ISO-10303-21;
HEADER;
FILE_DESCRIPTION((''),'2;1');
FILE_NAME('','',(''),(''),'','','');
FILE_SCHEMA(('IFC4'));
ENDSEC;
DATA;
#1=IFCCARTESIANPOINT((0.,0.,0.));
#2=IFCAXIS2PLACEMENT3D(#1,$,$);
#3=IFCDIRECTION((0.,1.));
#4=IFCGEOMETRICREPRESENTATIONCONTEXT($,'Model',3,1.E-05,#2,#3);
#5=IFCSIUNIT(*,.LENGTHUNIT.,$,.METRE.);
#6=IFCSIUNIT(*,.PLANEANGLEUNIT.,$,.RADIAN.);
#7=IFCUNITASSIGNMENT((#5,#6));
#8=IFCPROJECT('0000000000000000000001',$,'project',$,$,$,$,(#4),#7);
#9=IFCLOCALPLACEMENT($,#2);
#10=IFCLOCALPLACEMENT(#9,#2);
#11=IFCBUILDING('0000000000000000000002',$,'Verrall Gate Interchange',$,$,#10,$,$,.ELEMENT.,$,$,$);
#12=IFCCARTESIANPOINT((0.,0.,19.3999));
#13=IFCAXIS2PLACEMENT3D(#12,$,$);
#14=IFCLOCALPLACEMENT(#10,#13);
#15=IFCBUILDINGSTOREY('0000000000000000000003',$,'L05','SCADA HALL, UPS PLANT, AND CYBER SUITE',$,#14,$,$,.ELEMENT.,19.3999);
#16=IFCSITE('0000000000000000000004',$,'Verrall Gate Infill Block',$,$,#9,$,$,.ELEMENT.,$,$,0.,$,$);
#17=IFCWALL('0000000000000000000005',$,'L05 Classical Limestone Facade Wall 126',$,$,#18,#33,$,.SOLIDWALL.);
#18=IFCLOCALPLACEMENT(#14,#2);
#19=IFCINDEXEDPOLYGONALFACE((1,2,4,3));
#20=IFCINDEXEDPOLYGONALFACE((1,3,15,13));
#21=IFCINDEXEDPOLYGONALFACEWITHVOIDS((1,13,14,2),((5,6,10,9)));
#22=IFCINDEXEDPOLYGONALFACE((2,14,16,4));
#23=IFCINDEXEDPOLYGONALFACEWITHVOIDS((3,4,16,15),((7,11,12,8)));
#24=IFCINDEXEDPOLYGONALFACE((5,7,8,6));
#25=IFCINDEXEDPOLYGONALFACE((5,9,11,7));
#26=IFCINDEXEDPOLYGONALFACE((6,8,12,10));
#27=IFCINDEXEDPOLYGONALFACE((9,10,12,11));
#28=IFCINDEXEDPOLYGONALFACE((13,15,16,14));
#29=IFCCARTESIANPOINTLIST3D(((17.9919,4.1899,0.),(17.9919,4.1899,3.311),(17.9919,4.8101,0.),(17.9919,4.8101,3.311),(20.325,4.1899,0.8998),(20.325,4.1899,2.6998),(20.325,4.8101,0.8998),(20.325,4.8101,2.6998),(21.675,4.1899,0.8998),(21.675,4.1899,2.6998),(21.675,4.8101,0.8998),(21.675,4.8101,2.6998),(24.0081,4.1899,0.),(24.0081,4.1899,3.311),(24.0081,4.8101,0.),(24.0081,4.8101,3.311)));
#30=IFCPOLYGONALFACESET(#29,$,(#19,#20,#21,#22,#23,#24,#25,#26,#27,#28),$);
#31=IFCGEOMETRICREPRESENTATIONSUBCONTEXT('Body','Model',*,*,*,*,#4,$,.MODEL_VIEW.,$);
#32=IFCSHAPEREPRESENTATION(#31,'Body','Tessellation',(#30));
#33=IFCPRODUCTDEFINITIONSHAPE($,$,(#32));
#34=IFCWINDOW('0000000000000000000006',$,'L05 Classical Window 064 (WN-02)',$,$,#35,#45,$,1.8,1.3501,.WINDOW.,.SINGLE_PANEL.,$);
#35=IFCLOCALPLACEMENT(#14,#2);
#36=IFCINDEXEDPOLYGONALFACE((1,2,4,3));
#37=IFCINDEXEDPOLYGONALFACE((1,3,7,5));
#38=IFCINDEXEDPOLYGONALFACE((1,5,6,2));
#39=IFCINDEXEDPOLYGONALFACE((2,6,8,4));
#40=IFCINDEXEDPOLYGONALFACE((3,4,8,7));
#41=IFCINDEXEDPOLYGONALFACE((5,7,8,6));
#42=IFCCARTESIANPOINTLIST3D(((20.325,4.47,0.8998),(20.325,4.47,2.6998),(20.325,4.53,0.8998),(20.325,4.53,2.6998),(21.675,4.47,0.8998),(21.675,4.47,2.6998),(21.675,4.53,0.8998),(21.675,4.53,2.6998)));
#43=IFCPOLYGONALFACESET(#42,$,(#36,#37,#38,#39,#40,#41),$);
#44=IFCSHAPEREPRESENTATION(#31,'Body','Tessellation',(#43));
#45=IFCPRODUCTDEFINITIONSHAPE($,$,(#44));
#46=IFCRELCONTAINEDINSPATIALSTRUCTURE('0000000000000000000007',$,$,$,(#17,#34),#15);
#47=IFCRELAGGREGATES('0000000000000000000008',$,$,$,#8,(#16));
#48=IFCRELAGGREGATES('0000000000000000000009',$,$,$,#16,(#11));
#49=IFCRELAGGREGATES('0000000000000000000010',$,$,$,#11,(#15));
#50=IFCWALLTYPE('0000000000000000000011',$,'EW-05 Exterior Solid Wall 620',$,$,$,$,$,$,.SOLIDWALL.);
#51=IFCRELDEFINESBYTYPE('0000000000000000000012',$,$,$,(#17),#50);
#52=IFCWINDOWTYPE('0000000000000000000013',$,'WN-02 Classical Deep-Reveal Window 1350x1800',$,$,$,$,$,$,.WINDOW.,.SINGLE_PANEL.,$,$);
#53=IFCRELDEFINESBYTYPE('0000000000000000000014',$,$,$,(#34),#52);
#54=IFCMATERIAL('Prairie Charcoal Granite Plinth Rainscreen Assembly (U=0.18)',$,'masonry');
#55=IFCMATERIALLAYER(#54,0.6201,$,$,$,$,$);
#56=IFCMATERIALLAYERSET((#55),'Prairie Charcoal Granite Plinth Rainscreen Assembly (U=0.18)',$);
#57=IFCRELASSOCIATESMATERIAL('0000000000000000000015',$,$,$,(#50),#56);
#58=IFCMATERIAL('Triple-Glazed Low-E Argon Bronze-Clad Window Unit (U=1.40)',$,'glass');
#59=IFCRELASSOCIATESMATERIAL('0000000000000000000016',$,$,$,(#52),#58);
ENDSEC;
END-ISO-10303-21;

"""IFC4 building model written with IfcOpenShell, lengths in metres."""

from ifc_helpers import new_model, si_unit, direction, frame, frame_2d, origin, place, context, subcontext, project, spatial, rectangle, extrude, material, layer, layer_set, type_object, element, fill, save


model = new_model("IFC4")

# Units and contexts
model_context = context("Model", 3, precision=1e-05, world=origin(), true_north=direction((0.0, 1.0)))
body_context = subcontext(model_context, "Body", "Model", "MODEL_VIEW")
ifc_project = project(units=[si_unit("LENGTHUNIT", "METRE"), si_unit("PLANEANGLEUNIT", "RADIAN")], contexts=[model_context])

# Site, building, storey
site_placement = place(None, origin())
site = spatial("IfcSite", under=ifc_project, at=site_placement, Name="Verrall Gate Infill Block", CompositionType="ELEMENT", RefElevation=0.0)
building_placement = place(site_placement, origin())
building = spatial("IfcBuilding", under=site, at=building_placement, Name="Verrall Gate Interchange", CompositionType="ELEMENT")
storey_placement = place(building_placement, frame((0.0, 0.0, 19.3999)))
storey = spatial("IfcBuildingStorey", under=building, at=storey_placement, Name="L05", Description="SCADA HALL, UPS PLANT, AND CYBER SUITE", CompositionType="ELEMENT", Elevation=19.3999)

# Wall, opening, window
ifc_material_1 = material(Name="Prairie Charcoal Granite Plinth Rainscreen Assembly (U=0.18)", Category="masonry")
ifc_layer_1 = layer(ifc_material_1, 0.6201)
ifc_layer_set_1 = layer_set([ifc_layer_1], Name="Prairie Charcoal Granite Plinth Rainscreen Assembly (U=0.18)")
wall_type_1 = type_object("IfcWallType", Name="EW-05 Exterior Solid Wall 620", PredefinedType="SOLIDWALL", material=ifc_layer_set_1)
wall_1_placement = place(storey_placement, frame((17.9919, 4.5, 0.0), z_axis=(0.0, 0.0, 1.0), x_axis=(1.0, 0.0, 0.0)))
wall_1 = element("IfcWall", 1, at=wall_1_placement, inside=storey, type_object=wall_type_1, Name="L05 Classical Limestone Facade Wall 126", PredefinedType="SOLIDWALL", context=body_context, shape_type="SweptSolid", body=[
    extrude(rectangle(XDim=6.0161, YDim=0.6201, at=frame_2d((3.0081, 0.0))), origin(), (0.0, 0.0, 1.0), 3.311),
])
opening_1_placement = place(wall_1_placement, frame((2.333, 0.0, 0.8999)))
opening_1 = element("IfcOpeningElement", 2, at=opening_1_placement, cuts=wall_1, PredefinedType="OPENING", context=body_context, shape_type="SweptSolid", body=[
    extrude(rectangle(XDim=1.3501, YDim=1.8, at=frame_2d((0.675, 0.8999))), frame((0.0, 0.325, 0.0), z_axis=(0.0, -1.0, 0.0), x_axis=(1.0, 0.0, 0.0)), (0.0, 0.0, 1.0), 0.6499),
])
ifc_material_2 = material(Name="Triple-Glazed Low-E Argon Bronze-Clad Window Unit (U=1.40)", Category="glass")
window_type_1 = type_object("IfcWindowType", Name="WN-02 Classical Deep-Reveal Window 1350x1800", PartitioningType="SINGLE_PANEL", PredefinedType="WINDOW", material=ifc_material_2)
window_1_placement = place(opening_1_placement, origin())
window_1 = element("IfcWindow", 3, at=window_1_placement, inside=storey, type_object=window_type_1, Name="L05 Classical Window 064 (WN-02)", OverallHeight=1.8, OverallWidth=1.3501, PartitioningType="SINGLE_PANEL", PredefinedType="WINDOW", context=body_context, shape_type="SweptSolid", body=[
    extrude(rectangle(XDim=1.3501, YDim=1.8, at=frame_2d((0.675, 0.8999))), frame((0.0, 0.03, 0.0), z_axis=(0.0, -1.0, 0.0), x_axis=(1.0, 0.0, 0.0)), (0.0, 0.0, 1.0), 0.0601),
])
fill(opening_1, window_1)

save(model, "model.ifc")
